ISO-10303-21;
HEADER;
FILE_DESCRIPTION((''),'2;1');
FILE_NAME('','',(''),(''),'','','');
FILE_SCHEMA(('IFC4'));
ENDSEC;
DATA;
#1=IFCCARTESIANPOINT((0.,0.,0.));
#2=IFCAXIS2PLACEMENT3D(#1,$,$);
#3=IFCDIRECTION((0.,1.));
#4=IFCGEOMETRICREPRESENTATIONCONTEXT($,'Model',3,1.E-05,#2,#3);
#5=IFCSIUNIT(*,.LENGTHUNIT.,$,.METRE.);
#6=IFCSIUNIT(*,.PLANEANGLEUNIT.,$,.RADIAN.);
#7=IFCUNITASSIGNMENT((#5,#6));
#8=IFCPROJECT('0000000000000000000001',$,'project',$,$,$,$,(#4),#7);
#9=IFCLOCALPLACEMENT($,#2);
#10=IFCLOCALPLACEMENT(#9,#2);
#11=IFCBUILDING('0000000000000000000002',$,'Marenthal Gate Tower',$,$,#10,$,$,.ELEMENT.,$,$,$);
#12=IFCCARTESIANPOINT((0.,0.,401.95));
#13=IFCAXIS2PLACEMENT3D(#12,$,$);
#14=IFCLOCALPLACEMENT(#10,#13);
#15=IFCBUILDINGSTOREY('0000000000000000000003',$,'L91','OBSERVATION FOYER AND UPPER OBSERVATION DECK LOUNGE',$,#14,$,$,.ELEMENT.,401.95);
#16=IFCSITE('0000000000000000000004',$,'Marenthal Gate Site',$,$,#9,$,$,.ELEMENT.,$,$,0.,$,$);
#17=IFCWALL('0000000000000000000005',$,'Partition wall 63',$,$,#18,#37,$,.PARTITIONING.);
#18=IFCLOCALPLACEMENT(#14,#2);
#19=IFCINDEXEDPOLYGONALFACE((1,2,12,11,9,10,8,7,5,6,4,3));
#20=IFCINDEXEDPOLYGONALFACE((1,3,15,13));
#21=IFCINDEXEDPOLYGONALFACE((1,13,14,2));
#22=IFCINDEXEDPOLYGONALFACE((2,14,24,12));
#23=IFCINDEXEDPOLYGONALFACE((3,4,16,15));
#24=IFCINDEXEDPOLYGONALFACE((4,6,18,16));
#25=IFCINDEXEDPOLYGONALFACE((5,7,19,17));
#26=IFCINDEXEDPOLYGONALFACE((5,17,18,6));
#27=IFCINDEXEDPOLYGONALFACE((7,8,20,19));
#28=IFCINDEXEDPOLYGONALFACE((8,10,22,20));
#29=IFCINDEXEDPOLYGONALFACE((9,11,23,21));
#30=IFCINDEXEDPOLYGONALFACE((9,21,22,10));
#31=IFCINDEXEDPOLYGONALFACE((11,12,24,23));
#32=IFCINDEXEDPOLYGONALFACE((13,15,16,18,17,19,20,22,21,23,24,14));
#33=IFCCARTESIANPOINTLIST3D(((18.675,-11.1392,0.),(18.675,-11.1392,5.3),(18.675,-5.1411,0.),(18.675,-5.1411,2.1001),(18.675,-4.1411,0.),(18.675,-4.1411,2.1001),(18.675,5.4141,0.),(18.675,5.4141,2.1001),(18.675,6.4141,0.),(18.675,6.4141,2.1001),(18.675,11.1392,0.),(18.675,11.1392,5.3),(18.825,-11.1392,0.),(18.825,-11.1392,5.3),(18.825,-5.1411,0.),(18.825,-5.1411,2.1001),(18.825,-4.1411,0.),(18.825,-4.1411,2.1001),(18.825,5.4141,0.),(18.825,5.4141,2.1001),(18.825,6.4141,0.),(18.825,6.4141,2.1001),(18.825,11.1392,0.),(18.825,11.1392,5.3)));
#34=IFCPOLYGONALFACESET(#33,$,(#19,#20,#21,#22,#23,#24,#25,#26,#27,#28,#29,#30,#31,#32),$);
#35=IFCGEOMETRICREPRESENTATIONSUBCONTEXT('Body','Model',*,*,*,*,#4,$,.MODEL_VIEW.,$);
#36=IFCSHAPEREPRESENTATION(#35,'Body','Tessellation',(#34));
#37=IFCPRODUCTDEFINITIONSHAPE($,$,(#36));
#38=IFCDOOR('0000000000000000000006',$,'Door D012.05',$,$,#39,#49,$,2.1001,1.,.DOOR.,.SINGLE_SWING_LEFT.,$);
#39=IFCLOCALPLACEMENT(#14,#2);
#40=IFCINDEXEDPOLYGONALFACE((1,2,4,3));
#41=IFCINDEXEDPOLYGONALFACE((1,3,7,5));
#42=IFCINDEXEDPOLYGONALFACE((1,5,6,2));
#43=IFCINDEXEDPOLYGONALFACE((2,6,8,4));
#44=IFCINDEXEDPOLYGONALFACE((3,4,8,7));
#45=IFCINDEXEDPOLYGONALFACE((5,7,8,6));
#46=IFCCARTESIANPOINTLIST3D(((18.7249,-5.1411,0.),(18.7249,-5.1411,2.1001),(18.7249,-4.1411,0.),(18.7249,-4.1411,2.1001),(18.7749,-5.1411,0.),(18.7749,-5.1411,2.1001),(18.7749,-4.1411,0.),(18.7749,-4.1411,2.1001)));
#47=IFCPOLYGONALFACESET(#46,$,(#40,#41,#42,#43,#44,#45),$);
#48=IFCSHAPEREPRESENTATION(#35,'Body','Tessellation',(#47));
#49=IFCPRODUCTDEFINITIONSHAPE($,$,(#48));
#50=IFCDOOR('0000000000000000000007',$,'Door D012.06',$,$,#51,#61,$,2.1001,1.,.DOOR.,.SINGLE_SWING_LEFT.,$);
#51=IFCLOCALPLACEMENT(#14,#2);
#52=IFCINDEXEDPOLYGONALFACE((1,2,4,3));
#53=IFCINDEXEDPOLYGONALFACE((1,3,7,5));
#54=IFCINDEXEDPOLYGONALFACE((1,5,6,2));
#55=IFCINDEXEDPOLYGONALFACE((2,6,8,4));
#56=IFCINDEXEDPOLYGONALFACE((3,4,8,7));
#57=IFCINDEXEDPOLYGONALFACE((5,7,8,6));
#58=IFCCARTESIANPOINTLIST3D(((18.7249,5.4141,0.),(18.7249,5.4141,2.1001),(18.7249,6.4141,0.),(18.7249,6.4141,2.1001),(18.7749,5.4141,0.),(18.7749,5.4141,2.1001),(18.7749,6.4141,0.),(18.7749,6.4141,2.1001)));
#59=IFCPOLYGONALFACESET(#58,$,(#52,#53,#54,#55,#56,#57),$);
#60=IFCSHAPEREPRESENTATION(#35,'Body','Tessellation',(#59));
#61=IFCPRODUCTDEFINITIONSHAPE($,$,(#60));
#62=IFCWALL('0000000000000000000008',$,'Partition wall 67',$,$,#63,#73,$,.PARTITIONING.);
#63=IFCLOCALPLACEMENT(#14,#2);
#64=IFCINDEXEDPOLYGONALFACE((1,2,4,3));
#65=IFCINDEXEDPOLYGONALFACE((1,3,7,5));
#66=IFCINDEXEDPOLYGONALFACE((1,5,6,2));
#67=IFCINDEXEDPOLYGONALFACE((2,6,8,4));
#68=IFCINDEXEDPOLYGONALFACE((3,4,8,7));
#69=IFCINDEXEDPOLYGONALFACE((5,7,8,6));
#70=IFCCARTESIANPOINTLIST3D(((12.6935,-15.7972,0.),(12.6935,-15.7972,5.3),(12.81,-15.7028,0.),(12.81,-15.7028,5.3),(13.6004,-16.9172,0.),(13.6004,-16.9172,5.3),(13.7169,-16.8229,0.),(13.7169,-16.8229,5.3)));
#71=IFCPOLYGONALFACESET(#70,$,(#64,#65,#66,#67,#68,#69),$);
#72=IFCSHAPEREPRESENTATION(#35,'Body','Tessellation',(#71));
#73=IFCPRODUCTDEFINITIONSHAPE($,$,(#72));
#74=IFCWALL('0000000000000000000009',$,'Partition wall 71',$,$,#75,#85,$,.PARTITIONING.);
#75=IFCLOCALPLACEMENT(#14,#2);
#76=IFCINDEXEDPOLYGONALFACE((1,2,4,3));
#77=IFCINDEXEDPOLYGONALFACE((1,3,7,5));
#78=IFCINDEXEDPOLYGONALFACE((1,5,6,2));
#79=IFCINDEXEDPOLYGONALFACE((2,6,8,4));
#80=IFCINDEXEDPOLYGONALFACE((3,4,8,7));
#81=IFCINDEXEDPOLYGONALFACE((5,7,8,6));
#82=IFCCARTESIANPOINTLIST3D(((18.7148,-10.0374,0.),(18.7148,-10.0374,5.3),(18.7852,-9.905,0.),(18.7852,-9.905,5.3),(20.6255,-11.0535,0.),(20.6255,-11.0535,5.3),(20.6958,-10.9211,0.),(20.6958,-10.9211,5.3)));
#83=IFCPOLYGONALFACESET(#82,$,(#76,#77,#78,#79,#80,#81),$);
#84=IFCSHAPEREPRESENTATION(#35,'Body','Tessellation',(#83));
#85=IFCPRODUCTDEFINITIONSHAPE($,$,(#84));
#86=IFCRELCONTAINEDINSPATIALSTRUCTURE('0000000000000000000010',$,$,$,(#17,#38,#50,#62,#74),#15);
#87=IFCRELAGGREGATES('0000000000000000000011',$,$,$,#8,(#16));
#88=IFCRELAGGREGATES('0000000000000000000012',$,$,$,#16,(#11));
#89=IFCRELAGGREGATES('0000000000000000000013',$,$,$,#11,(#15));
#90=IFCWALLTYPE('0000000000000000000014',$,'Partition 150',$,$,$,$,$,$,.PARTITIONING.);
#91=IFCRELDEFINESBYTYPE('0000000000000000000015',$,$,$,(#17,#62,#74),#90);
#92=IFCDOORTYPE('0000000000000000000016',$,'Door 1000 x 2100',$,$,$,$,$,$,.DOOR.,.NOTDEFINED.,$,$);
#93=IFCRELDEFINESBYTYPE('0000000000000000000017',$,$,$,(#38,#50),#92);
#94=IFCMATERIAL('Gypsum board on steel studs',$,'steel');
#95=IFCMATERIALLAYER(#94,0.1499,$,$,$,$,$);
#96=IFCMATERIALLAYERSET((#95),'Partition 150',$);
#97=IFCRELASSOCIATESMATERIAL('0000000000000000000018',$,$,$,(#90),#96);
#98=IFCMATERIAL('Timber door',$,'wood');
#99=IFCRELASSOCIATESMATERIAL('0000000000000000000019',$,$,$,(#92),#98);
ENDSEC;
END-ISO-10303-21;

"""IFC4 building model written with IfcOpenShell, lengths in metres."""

from ifc_helpers import new_model, si_unit, direction, frame, frame_2d, origin, place, context, subcontext, project, spatial, rectangle, extrude, material, layer, layer_set, type_object, element, fill, save


model = new_model("IFC4")

# Units and contexts
model_context = context("Model", 3, precision=1e-05, world=origin(), true_north=direction((0.0, 1.0)))
body_context = subcontext(model_context, "Body", "Model", "MODEL_VIEW")
ifc_project = project(units=[si_unit("LENGTHUNIT", "METRE"), si_unit("PLANEANGLEUNIT", "RADIAN")], contexts=[model_context])

# Site, building, storey
site_placement = place(None, origin())
site = spatial("IfcSite", under=ifc_project, at=site_placement, Name="Marenthal Gate Site", CompositionType="ELEMENT", RefElevation=0.0)
building_placement = place(site_placement, origin())
building = spatial("IfcBuilding", under=site, at=building_placement, Name="Marenthal Gate Tower", CompositionType="ELEMENT")
storey_placement = place(building_placement, frame((0.0, 0.0, 401.95)))
storey = spatial("IfcBuildingStorey", under=building, at=storey_placement, Name="L91", Description="OBSERVATION FOYER AND UPPER OBSERVATION DECK LOUNGE", CompositionType="ELEMENT", Elevation=401.95)

# Shared definitions
ifc_material_1 = material(Name="Gypsum board on steel studs", Category="steel")
ifc_layer_1 = layer(ifc_material_1, 0.1499)
ifc_layer_set_1 = layer_set([ifc_layer_1], Name="Partition 150")
wall_type_1 = type_object("IfcWallType", Name="Partition 150", PredefinedType="PARTITIONING", material=ifc_layer_set_1)
ifc_material_2 = material(Name="Timber door", Category="wood")
door_type = type_object("IfcDoorType", Name="Door 1000 x 2100", OperationType="NOTDEFINED", PredefinedType="DOOR", material=ifc_material_2)

# Wall, openings, doors
wall_1_placement = place(storey_placement, frame((18.75, -11.1392, 0.0), z_axis=(0.0, 0.0, 1.0), x_axis=(0.0, 1.0, 0.0)))
wall_1 = element("IfcWall", 1, at=wall_1_placement, inside=storey, type_object=wall_type_1, Name="Partition wall 63", PredefinedType="PARTITIONING", context=body_context, shape_type="SweptSolid", body=[
    extrude(rectangle(XDim=22.2783, YDim=0.1499, at=frame_2d((11.1392, 0.0))), origin(), (0.0, 0.0, 1.0), 5.3),
])
opening_1_placement = place(wall_1_placement, frame((5.998, 0.0, 0.0)))
opening_1 = element("IfcOpeningElement", 2, at=opening_1_placement, cuts=wall_1, PredefinedType="OPENING", context=body_context, shape_type="SweptSolid", body=[
    extrude(rectangle(XDim=1.0, YDim=2.1001, at=frame_2d((0.5, 1.05))), frame((0.0, 0.085, 0.0), z_axis=(0.0, -1.0, 0.0), x_axis=(1.0, 0.0, 0.0)), (0.0, 0.0, 1.0), 0.1699),
])
opening_2_placement = place(wall_1_placement, frame((16.5532, 0.0, 0.0)))
opening_2 = element("IfcOpeningElement", 3, at=opening_2_placement, cuts=wall_1, PredefinedType="OPENING", context=body_context, shape_type="SweptSolid", body=[
    extrude(rectangle(XDim=1.0, YDim=2.1001, at=frame_2d((0.5, 1.05))), frame((0.0, 0.085, 0.0), z_axis=(0.0, -1.0, 0.0), x_axis=(1.0, 0.0, 0.0)), (0.0, 0.0, 1.0), 0.1699),
])
door_1_placement = place(opening_1_placement, frame((1.0, 0.0, 0.0), z_axis=(0.0, 0.0, 1.0), x_axis=(-1.0, 0.0, 0.0)))
door_1 = element("IfcDoor", 4, at=door_1_placement, inside=storey, type_object=door_type, Name="Door D012.05", OperationType="SINGLE_SWING_LEFT", OverallHeight=2.1001, OverallWidth=1.0, PredefinedType="DOOR", context=body_context, shape_type="SweptSolid", body=[
    extrude(rectangle(XDim=1.0, YDim=2.1001, at=frame_2d((0.5, 1.05))), frame((0.0, 0.0249, 0.0), z_axis=(0.0, -1.0, 0.0), x_axis=(1.0, 0.0, 0.0)), (0.0, 0.0, 1.0), 0.05),
])
fill(opening_1, door_1)
door_2_placement = place(opening_2_placement, frame((1.0, 0.0, 0.0), z_axis=(0.0, 0.0, 1.0), x_axis=(-1.0, 0.0, 0.0)))
door_2 = element("IfcDoor", 5, at=door_2_placement, inside=storey, type_object=door_type, Name="Door D012.06", OperationType="SINGLE_SWING_LEFT", OverallHeight=2.1001, OverallWidth=1.0, PredefinedType="DOOR", context=body_context, shape_type="SweptSolid", body=[
    extrude(rectangle(XDim=1.0, YDim=2.1001, at=frame_2d((0.5, 1.05))), frame((0.0, 0.0249, 0.0), z_axis=(0.0, -1.0, 0.0), x_axis=(1.0, 0.0, 0.0)), (0.0, 0.0, 1.0), 0.05),
])
fill(opening_2, door_2)

# Walls
wall_2_placement = place(storey_placement, frame((13.6587, -16.8701, 0.0), z_axis=(0.0, 0.0, 1.0), x_axis=(-0.629291, 0.77717, 0.0)))
element("IfcWall", 6, at=wall_2_placement, inside=storey, type_object=wall_type_1, Name="Partition wall 67", PredefinedType="PARTITIONING", context=body_context, shape_type="SweptSolid", body=[
    extrude(rectangle(XDim=1.4412, YDim=0.1499, at=frame_2d((0.7207, 0.0))), origin(), (0.0, 0.0, 1.0), 5.3),
])
wall_3_placement = place(storey_placement, frame((20.6606, -10.9873, 0.0), z_axis=(0.0, 0.0, 1.0), x_axis=(-0.882908, 0.469546, 0.0)))
element("IfcWall", 7, at=wall_3_placement, inside=storey, type_object=wall_type_1, Name="Partition wall 71", PredefinedType="PARTITIONING", context=body_context, shape_type="SweptSolid", body=[
    extrude(rectangle(XDim=2.1641, YDim=0.1499, at=frame_2d((1.082, 0.0))), origin(), (0.0, 0.0, 1.0), 5.3),
])

save(model, "model.ifc")
